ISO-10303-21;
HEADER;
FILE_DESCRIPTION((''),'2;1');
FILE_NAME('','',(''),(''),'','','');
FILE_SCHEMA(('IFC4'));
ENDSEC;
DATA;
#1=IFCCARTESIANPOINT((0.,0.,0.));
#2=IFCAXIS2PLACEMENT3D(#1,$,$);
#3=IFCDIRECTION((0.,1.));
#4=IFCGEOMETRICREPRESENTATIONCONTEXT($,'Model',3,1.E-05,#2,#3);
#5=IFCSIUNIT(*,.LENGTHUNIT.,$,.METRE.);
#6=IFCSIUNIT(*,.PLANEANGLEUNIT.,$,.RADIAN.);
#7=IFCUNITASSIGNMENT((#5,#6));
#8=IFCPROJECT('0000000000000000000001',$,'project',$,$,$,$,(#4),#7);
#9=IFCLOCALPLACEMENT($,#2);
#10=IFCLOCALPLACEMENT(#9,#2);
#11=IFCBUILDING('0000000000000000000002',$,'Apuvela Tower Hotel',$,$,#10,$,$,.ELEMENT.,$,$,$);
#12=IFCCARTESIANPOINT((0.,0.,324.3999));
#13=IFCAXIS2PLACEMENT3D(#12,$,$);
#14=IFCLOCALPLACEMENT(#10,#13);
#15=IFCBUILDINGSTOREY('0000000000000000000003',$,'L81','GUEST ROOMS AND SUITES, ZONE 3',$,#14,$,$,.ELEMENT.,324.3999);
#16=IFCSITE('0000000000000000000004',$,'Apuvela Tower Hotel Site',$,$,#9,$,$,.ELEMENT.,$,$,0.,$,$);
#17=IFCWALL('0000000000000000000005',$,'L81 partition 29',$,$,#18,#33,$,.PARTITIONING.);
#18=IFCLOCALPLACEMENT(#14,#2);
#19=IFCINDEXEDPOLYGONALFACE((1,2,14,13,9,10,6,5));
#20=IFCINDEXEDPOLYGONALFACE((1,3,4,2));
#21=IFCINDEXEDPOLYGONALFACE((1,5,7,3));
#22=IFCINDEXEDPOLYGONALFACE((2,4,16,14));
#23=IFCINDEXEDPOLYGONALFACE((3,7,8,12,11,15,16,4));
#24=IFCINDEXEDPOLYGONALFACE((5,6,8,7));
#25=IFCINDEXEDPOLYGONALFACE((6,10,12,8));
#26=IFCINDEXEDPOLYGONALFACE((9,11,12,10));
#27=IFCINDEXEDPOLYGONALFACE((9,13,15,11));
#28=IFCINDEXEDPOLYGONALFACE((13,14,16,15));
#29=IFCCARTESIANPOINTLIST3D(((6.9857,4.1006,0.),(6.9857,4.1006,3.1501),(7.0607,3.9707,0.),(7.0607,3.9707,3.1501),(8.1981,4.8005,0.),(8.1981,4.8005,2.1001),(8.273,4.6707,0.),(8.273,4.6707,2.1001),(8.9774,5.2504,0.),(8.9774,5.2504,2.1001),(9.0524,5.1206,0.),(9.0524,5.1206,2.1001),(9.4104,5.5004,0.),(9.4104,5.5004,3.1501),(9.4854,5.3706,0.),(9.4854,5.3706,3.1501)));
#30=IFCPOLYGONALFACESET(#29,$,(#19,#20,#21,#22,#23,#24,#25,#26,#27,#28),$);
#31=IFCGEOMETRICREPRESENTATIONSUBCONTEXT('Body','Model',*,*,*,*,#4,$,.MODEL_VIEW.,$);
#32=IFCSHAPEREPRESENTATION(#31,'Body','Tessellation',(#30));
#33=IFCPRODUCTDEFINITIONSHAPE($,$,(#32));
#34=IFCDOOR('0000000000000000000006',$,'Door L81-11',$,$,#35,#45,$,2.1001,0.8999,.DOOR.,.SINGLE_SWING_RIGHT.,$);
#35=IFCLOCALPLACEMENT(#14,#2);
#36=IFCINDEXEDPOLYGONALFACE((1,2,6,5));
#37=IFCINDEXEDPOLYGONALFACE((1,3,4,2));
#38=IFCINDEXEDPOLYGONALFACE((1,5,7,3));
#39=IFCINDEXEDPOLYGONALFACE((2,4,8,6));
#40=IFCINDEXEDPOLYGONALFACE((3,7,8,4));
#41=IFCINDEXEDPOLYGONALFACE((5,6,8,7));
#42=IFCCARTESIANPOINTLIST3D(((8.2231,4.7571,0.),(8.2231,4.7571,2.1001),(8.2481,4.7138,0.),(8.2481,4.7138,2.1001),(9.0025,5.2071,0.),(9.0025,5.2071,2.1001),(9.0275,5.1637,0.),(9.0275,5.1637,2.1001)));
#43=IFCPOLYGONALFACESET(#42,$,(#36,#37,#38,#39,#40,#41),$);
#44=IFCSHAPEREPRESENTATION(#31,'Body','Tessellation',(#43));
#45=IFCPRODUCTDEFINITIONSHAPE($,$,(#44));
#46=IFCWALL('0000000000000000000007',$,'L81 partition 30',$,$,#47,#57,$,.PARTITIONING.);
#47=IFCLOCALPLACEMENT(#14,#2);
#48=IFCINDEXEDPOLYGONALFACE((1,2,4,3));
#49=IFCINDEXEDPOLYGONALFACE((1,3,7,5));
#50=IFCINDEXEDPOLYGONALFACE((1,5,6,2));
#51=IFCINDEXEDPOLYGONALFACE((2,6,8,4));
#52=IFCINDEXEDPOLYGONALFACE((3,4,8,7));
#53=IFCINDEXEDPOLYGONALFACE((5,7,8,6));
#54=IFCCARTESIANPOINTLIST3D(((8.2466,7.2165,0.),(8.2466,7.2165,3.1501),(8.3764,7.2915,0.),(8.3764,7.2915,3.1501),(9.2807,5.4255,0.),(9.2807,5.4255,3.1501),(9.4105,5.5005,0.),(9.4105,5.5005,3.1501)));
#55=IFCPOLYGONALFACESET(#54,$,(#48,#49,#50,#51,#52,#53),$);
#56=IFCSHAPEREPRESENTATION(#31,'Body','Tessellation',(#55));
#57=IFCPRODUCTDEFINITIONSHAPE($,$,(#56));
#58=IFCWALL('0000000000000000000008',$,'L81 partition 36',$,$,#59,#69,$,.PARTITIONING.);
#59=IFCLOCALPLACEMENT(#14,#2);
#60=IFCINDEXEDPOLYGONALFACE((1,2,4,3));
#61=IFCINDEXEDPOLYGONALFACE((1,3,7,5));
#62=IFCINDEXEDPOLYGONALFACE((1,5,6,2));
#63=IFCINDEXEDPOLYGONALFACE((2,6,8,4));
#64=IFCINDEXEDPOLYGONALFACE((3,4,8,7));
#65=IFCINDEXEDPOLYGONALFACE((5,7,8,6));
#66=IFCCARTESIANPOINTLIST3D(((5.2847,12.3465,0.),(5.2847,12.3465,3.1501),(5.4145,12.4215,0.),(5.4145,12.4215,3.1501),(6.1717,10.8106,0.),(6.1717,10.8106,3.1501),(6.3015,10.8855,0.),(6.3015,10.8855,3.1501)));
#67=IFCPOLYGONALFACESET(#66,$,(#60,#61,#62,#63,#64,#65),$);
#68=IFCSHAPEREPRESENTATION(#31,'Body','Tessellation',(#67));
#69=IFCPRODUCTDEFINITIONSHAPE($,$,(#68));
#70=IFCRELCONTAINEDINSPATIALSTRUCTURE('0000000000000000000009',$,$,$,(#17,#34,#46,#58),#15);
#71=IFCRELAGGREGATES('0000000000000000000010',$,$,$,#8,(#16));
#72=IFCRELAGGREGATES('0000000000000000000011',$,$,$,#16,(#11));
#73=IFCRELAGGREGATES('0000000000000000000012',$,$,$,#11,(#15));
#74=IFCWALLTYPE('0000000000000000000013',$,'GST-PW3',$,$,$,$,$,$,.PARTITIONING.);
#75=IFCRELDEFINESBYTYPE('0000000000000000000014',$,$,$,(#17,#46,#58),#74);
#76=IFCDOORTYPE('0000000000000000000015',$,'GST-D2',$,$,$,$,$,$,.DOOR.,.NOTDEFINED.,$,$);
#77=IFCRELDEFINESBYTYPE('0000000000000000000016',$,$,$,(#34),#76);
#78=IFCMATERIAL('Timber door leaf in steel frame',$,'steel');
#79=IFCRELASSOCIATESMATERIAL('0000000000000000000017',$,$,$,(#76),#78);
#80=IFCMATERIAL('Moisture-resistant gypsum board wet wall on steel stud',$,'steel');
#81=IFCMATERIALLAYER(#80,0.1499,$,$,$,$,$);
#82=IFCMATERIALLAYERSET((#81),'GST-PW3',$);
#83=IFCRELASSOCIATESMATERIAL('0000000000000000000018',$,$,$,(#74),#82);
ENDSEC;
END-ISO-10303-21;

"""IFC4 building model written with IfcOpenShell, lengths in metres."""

from ifc_helpers import new_model, si_unit, direction, frame, frame_2d, origin, place, context, subcontext, project, spatial, rectangle, extrude, material, layer, layer_set, type_object, element, fill, save


model = new_model("IFC4")

# Units and contexts
model_context = context("Model", 3, precision=1e-05, world=origin(), true_north=direction((0.0, 1.0)))
body_context = subcontext(model_context, "Body", "Model", "MODEL_VIEW")
ifc_project = project(units=[si_unit("LENGTHUNIT", "METRE"), si_unit("PLANEANGLEUNIT", "RADIAN")], contexts=[model_context])

# Site, building, storey
site_placement = place(None, origin())
site = spatial("IfcSite", under=ifc_project, at=site_placement, Name="Apuvela Tower Hotel Site", CompositionType="ELEMENT", RefElevation=0.0)
building_placement = place(site_placement, origin())
building = spatial("IfcBuilding", under=site, at=building_placement, Name="Apuvela Tower Hotel", CompositionType="ELEMENT")
storey_placement = place(building_placement, frame((0.0, 0.0, 324.3999)))
storey = spatial("IfcBuildingStorey", under=building, at=storey_placement, Name="L81", Description="GUEST ROOMS AND SUITES, ZONE 3", CompositionType="ELEMENT", Elevation=324.3999)

# Shared definitions
ifc_material_1 = material(Name="Timber door leaf in steel frame", Category="steel")
door_type_1 = type_object("IfcDoorType", Name="GST-D2", OperationType="NOTDEFINED", PredefinedType="DOOR", material=ifc_material_1)
ifc_material_2 = material(Name="Moisture-resistant gypsum board wet wall on steel stud", Category="steel")
ifc_layer_1 = layer(ifc_material_2, 0.1499)
ifc_layer_set_1 = layer_set([ifc_layer_1], Name="GST-PW3")
wall_type_1 = type_object("IfcWallType", Name="GST-PW3", PredefinedType="PARTITIONING", material=ifc_layer_set_1)

# Wall, opening, door
wall_1_placement = place(storey_placement, frame((7.0232, 4.0356, 0.0), z_axis=(0.0, 0.0, 1.0), x_axis=(0.866035, 0.499984, 0.0)))
wall_1 = element("IfcWall", 1, at=wall_1_placement, inside=storey, type_object=wall_type_1, Name="L81 partition 29", PredefinedType="PARTITIONING", context=body_context, shape_type="SweptSolid", body=[
    extrude(rectangle(XDim=2.7998, YDim=0.1499, at=frame_2d((1.3999, 0.0))), origin(), (0.0, 0.0, 1.0), 3.1501),
])
opening_1_placement = place(wall_1_placement, frame((1.3999, 0.0, 0.0)))
opening_1 = element("IfcOpeningElement", 2, at=opening_1_placement, cuts=wall_1, PredefinedType="OPENING", context=body_context, shape_type="SweptSolid", body=[
    extrude(rectangle(XDim=0.8999, YDim=2.1001, at=frame_2d((0.45, 1.05))), frame((0.0, 0.085, 0.0), z_axis=(0.0, -1.0, 0.0), x_axis=(1.0, 0.0, 0.0)), (0.0, 0.0, 1.0), 0.1699),
])
door_1_placement = place(opening_1_placement, origin())
door_1 = element("IfcDoor", 3, at=door_1_placement, inside=storey, type_object=door_type_1, Name="Door L81-11", OperationType="SINGLE_SWING_RIGHT", OverallHeight=2.1001, OverallWidth=0.8999, PredefinedType="DOOR", context=body_context, shape_type="SweptSolid", body=[
    extrude(rectangle(XDim=0.8999, YDim=2.1001, at=frame_2d((0.45, 1.05))), frame((0.0, 0.0249, 0.0), z_axis=(0.0, -1.0, 0.0), x_axis=(1.0, 0.0, 0.0)), (0.0, 0.0, 1.0), 0.05),
])
fill(opening_1, door_1)

# Walls
wall_2_placement = place(storey_placement, frame((9.3457, 5.4629, 0.0), z_axis=(0.0, 0.0, 1.0), x_axis=(-0.500049, 0.865997, 0.0)))
element("IfcWall", 4, at=wall_2_placement, inside=storey, type_object=wall_type_1, Name="L81 partition 30", PredefinedType="PARTITIONING", context=body_context, shape_type="SweptSolid", body=[
    extrude(rectangle(XDim=2.0681, YDim=0.1499, at=frame_2d((1.0342, 0.0))), origin(), (0.0, 0.0, 1.0), 3.1501),
])
wall_3_placement = place(storey_placement, frame((6.2366, 10.8481, 0.0), z_axis=(0.0, 0.0, 1.0), x_axis=(-0.500092, 0.865972, 0.0)))
element("IfcWall", 5, at=wall_3_placement, inside=storey, type_object=wall_type_1, Name="L81 partition 36", PredefinedType="PARTITIONING", context=body_context, shape_type="SweptSolid", body=[
    extrude(rectangle(XDim=1.7737, YDim=0.1499, at=frame_2d((0.8867, 0.0))), origin(), (0.0, 0.0, 1.0), 3.1501),
])

save(model, "model.ifc")
